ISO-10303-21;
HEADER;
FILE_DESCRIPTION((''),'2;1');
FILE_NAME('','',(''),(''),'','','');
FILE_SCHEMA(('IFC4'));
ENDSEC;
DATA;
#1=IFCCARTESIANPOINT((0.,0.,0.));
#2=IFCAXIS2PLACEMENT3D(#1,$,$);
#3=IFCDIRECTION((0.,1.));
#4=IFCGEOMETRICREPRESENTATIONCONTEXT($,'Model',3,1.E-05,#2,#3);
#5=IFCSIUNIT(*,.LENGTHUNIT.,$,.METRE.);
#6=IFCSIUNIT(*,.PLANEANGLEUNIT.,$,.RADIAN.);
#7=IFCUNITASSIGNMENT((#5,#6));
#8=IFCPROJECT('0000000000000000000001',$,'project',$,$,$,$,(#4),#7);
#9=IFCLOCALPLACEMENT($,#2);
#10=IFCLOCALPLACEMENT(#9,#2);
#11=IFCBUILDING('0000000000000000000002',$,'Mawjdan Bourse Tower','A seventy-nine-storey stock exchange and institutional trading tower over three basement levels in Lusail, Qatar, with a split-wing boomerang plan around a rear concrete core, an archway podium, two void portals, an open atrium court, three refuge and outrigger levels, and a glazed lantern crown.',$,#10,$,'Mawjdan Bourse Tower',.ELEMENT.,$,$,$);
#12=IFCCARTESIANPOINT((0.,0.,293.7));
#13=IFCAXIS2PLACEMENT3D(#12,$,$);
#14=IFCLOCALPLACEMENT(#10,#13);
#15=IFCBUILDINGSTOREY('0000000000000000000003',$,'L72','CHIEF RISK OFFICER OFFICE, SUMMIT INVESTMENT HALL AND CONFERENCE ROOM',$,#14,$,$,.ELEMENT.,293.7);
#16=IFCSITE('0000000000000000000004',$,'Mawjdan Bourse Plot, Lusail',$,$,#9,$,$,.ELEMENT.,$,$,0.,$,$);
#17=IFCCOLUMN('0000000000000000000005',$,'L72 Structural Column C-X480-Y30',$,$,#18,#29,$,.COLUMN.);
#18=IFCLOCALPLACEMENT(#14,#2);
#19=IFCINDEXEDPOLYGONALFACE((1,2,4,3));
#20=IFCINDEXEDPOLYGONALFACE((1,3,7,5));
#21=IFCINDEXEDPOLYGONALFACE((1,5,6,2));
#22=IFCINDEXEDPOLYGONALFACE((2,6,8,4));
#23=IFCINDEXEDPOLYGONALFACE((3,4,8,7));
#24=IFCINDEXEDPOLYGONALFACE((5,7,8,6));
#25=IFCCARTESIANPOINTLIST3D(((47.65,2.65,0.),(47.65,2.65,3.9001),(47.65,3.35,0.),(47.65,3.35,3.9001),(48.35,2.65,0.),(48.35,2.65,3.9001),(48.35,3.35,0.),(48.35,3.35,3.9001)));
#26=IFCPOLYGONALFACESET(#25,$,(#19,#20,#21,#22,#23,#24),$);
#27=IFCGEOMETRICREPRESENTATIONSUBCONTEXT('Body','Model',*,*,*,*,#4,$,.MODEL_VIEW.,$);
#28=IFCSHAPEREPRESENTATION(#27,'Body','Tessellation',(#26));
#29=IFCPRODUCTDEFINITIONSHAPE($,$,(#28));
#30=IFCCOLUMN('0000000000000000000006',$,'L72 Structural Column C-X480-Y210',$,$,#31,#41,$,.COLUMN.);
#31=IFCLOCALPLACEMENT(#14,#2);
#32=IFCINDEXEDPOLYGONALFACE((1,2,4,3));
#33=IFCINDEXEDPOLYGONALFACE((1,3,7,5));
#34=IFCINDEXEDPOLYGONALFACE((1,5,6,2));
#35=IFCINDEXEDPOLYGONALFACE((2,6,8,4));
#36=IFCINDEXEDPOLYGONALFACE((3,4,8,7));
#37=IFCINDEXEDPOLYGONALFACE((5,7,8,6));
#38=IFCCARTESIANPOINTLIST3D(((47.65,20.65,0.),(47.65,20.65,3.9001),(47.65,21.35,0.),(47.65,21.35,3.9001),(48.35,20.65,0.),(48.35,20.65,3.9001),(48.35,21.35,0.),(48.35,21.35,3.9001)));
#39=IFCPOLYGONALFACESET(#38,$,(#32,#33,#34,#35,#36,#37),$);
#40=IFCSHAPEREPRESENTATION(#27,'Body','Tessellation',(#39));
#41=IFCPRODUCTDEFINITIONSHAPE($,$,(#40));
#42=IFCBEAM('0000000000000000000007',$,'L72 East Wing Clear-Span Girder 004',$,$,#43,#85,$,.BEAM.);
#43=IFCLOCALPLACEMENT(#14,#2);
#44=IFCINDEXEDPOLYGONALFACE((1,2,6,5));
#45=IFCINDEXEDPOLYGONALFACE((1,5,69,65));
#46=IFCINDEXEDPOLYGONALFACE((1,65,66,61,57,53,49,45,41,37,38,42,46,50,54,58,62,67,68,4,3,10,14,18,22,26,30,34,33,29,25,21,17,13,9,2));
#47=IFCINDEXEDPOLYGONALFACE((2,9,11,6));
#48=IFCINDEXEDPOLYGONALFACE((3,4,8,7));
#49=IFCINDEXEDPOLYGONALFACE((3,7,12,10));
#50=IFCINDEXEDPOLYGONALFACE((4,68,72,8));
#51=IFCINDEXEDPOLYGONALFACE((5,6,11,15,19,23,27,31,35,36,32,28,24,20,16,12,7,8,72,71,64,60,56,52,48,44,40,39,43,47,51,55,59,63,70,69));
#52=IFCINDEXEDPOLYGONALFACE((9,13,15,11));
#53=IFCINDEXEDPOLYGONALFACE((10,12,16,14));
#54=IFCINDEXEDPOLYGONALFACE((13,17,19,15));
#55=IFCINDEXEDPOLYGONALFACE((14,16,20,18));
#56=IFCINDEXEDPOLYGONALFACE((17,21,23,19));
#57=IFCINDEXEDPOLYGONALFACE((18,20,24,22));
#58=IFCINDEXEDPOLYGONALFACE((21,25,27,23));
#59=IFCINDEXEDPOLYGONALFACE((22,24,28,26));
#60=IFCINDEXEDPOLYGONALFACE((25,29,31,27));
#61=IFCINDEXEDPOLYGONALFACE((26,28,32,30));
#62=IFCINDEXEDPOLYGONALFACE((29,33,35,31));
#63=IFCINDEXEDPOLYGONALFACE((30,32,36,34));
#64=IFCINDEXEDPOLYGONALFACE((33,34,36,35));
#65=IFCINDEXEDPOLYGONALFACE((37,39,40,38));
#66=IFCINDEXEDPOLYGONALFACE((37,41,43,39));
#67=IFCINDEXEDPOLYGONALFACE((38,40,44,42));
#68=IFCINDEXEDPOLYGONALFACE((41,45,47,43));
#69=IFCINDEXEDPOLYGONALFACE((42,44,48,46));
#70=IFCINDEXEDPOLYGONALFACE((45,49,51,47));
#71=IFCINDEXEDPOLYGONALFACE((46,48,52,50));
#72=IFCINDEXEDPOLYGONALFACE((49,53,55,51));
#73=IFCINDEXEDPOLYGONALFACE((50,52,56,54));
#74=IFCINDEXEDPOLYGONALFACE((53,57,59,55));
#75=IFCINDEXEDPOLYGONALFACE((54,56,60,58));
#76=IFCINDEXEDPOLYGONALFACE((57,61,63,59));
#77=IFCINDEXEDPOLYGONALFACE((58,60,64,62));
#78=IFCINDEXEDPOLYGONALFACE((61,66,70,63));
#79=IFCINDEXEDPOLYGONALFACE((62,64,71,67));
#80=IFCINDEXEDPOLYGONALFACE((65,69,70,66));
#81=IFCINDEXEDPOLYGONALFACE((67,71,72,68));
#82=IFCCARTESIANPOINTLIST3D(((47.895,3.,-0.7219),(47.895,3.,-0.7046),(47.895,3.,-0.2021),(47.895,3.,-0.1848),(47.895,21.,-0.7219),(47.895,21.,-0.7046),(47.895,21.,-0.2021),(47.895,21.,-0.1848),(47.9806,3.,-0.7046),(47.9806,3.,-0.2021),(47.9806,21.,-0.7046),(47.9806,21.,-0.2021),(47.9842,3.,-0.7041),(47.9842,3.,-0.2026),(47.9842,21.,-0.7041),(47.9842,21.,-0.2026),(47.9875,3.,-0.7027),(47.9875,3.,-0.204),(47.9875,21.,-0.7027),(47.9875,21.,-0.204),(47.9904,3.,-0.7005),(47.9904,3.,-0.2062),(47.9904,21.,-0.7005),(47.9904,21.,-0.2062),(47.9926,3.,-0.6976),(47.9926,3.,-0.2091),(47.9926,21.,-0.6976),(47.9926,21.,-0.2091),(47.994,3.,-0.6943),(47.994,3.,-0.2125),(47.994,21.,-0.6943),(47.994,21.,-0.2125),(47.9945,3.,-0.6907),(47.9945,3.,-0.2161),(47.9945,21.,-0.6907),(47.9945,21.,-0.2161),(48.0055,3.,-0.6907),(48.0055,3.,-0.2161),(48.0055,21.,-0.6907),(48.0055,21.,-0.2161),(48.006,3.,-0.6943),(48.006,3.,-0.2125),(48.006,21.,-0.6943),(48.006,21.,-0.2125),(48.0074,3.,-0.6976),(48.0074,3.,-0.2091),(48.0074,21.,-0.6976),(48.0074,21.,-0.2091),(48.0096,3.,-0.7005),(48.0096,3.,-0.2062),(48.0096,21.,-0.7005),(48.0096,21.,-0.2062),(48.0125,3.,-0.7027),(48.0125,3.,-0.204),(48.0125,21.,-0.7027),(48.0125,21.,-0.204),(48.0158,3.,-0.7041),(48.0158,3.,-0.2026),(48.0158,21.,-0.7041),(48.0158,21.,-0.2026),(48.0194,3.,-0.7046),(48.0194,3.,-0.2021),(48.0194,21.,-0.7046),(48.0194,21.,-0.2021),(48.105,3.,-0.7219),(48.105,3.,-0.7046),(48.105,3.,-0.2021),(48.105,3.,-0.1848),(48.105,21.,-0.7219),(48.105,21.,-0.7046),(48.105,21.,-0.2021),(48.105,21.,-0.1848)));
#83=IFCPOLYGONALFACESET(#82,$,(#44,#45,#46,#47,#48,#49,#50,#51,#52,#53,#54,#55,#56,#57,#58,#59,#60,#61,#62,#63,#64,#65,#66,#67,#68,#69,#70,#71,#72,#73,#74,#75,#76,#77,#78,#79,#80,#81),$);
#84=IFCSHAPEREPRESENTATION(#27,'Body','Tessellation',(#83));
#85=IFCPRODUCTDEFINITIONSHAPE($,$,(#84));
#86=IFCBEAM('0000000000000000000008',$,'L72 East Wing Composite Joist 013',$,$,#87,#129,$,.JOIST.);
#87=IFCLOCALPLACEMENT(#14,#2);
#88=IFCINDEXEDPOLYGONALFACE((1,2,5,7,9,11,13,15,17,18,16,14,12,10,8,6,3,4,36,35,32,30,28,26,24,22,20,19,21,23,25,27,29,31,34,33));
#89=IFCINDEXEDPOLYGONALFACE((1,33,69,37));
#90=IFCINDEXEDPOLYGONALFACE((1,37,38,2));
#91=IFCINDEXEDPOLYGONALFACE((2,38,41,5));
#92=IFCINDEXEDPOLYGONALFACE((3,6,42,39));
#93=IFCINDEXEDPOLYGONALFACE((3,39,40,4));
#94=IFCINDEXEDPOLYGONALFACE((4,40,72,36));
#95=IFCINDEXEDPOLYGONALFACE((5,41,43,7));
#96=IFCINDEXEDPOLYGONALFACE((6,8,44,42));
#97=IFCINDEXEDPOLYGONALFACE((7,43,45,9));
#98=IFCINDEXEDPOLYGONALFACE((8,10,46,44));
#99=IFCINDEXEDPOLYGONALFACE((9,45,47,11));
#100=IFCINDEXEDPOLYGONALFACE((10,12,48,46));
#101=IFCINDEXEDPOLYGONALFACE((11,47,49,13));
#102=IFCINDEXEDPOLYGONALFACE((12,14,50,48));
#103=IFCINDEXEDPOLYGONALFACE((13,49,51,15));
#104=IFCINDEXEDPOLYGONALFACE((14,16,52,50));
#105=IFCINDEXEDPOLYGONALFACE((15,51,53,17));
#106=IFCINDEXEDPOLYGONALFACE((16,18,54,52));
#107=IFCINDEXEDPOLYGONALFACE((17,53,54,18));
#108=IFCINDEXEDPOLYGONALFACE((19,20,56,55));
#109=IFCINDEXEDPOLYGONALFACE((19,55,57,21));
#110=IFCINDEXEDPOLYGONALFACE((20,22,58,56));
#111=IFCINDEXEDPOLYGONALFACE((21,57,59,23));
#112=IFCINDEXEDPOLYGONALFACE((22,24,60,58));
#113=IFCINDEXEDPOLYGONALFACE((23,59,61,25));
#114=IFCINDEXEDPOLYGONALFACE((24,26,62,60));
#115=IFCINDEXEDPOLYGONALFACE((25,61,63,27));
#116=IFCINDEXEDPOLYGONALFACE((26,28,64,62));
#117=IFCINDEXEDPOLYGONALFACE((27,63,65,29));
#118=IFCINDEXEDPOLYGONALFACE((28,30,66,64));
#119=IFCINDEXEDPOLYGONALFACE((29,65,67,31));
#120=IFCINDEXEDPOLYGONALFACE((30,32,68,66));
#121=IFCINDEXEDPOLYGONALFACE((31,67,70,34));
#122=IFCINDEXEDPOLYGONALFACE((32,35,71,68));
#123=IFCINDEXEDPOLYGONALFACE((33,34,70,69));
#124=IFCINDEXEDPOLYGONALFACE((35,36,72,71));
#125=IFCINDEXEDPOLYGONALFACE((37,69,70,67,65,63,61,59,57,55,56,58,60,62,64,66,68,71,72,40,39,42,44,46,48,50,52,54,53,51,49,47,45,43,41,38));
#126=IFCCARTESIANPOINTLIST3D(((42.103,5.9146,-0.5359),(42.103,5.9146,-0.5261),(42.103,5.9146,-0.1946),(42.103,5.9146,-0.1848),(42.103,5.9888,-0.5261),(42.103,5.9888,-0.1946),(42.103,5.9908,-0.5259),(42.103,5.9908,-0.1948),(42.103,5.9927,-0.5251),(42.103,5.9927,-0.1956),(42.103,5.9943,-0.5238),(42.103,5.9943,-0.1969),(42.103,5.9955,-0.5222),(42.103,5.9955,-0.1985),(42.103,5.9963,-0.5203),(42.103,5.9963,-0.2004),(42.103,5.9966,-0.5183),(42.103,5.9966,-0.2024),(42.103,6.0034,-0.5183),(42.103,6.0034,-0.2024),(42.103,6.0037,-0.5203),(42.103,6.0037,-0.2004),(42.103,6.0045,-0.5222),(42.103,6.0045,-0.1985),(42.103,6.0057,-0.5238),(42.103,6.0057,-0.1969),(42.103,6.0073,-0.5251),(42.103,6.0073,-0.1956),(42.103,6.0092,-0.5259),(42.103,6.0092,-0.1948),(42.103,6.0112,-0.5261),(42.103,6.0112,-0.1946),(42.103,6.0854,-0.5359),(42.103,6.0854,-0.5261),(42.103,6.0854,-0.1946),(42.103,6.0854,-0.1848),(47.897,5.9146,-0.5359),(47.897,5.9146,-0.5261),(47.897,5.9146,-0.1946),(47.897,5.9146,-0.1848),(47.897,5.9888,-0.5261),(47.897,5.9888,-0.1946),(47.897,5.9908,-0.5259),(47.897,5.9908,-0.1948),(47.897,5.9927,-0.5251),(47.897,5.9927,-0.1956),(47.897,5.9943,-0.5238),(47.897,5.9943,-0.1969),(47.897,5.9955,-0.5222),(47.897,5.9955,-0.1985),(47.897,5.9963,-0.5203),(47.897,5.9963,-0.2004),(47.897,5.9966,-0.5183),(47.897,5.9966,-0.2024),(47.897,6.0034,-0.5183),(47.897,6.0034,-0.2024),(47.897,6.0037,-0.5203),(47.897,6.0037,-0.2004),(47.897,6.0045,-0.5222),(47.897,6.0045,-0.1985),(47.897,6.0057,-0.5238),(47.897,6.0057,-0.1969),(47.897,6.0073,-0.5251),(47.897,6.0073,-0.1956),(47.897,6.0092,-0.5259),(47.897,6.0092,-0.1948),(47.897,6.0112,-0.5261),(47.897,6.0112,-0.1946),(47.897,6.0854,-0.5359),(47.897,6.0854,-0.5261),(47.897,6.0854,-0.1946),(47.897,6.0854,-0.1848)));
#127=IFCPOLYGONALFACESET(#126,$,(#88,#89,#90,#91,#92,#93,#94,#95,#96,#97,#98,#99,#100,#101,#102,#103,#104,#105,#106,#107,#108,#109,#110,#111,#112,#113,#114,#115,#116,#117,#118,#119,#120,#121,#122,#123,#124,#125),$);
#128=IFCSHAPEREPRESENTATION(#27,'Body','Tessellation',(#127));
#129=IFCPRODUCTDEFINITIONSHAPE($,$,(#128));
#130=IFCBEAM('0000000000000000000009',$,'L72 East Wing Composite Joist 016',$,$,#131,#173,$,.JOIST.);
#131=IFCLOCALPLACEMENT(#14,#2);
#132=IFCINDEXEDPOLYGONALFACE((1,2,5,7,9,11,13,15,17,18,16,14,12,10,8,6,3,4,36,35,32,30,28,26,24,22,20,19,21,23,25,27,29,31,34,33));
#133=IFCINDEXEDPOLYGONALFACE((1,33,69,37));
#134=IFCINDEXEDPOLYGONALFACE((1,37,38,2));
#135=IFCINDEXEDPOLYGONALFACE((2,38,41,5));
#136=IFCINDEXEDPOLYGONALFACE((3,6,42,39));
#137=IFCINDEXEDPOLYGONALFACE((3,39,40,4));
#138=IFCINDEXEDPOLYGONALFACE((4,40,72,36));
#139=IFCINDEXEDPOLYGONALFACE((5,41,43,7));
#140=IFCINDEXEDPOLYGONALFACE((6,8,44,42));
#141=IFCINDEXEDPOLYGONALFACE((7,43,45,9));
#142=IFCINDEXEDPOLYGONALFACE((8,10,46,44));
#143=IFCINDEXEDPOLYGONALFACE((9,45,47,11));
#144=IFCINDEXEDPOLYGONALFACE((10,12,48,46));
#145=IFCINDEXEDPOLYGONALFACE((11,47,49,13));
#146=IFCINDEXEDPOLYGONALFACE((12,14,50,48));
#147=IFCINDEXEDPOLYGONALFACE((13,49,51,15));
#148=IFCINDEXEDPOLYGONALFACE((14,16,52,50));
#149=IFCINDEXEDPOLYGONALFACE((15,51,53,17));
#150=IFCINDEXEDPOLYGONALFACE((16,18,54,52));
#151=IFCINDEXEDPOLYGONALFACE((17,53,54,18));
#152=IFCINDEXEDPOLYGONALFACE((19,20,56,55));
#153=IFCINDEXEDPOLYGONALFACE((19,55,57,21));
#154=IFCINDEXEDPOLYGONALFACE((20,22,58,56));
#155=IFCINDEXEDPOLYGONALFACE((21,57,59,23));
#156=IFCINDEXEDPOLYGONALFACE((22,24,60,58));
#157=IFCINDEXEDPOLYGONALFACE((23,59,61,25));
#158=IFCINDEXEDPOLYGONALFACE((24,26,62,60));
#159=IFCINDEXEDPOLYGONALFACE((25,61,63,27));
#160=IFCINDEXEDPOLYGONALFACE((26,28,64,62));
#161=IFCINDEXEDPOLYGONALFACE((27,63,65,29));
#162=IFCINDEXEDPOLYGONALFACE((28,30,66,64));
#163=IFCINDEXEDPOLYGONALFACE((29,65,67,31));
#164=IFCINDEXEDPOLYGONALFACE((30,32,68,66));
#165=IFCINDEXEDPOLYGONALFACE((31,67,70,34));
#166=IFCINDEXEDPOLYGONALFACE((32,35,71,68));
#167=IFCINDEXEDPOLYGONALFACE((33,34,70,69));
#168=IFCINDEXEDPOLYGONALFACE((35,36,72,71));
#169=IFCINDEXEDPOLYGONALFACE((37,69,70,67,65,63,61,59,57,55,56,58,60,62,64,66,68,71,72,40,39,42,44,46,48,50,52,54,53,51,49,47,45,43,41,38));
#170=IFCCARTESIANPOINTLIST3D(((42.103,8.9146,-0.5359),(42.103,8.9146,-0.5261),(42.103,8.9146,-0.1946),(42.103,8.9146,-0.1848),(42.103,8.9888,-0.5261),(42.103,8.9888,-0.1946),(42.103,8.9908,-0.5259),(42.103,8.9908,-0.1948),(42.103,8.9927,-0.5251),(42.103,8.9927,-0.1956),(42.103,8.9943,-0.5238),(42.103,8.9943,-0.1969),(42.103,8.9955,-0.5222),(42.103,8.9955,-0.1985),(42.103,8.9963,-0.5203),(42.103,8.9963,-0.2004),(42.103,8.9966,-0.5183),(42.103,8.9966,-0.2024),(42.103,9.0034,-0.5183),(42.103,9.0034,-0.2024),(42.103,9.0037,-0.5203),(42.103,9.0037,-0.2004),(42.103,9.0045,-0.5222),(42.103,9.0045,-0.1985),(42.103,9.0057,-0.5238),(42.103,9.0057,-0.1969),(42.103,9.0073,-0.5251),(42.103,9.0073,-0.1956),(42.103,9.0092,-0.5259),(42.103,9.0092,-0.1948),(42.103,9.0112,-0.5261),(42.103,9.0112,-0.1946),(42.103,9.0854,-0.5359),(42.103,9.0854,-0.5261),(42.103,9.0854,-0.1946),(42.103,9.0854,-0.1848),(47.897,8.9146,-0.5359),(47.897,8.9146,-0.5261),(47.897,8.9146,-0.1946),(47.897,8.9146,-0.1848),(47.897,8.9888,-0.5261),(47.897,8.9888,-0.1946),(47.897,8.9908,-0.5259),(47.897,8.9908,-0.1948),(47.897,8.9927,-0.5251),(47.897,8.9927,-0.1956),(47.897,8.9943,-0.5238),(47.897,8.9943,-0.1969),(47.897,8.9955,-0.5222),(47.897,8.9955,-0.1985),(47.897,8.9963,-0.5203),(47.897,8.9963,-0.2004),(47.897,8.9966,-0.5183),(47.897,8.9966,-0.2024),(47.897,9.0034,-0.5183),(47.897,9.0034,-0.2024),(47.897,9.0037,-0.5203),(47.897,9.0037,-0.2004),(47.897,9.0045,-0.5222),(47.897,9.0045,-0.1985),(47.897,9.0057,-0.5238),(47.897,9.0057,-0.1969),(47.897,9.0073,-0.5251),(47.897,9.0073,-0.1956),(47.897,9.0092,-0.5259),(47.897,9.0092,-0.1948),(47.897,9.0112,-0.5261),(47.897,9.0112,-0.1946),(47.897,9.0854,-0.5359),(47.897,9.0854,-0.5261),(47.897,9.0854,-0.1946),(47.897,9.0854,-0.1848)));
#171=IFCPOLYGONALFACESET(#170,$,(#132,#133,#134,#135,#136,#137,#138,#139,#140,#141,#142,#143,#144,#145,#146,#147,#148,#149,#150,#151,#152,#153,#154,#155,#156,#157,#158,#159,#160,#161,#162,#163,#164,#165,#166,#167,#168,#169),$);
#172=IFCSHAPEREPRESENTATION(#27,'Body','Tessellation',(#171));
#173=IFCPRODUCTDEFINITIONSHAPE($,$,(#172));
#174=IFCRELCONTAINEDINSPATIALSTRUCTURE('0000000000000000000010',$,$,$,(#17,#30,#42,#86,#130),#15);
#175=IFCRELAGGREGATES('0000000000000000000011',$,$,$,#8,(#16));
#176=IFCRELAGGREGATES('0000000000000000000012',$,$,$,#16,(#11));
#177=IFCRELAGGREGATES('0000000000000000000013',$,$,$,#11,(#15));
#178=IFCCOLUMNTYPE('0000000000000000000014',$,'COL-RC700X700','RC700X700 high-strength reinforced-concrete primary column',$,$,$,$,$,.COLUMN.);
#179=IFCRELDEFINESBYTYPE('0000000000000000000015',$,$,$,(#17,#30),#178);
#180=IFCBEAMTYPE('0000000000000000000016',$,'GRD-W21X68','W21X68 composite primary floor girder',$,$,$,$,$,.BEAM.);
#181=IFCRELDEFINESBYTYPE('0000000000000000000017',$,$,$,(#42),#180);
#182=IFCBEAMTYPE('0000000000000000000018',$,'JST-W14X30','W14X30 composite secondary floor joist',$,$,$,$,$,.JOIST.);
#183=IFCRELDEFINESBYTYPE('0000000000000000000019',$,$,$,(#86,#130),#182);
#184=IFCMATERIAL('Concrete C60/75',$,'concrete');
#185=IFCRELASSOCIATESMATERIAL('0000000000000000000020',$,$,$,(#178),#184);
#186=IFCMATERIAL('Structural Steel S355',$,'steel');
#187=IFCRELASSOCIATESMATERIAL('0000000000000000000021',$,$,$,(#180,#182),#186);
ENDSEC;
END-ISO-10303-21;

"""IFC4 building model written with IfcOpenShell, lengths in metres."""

from ifc_helpers import new_model, si_unit, direction, frame, origin, origin_2d, place, context, subcontext, project, spatial, rectangle, i_section, extrude, material, material_profile, profile_set, type_object, element, save


model = new_model("IFC4")

# Units and contexts
model_context = context("Model", 3, precision=1e-05, world=origin(), true_north=direction((0.0, 1.0)))
body_context = subcontext(model_context, "Body", "Model", "MODEL_VIEW")
ifc_project = project(units=[si_unit("LENGTHUNIT", "METRE"), si_unit("PLANEANGLEUNIT", "RADIAN")], contexts=[model_context])

# Site, building, storey
site_placement = place(None, origin())
site = spatial("IfcSite", under=ifc_project, at=site_placement, Name="Mawjdan Bourse Plot, Lusail", CompositionType="ELEMENT", RefElevation=0.0)
building_placement = place(site_placement, origin())
building = spatial("IfcBuilding", under=site, at=building_placement, Name="Mawjdan Bourse Tower", Description="A seventy-nine-storey stock exchange and institutional trading tower over three basement levels in Lusail, Qatar, with a split-wing boomerang plan around a rear concrete core, an archway podium, two void portals, an open atrium court, three refuge and outrigger levels, and a glazed lantern crown.", LongName="Mawjdan Bourse Tower", CompositionType="ELEMENT")
storey_placement = place(building_placement, frame((0.0, 0.0, 293.7)))
storey = spatial("IfcBuildingStorey", under=building, at=storey_placement, Name="L72", Description="CHIEF RISK OFFICER OFFICE, SUMMIT INVESTMENT HALL AND CONFERENCE ROOM", CompositionType="ELEMENT", Elevation=293.7)

# Columns
ifc_material_1 = material(Name="Concrete C60/75", Category="concrete")
ifc_material_profile_1 = material_profile(ifc_material_1, rectangle(XDim=0.7, YDim=0.7, at=origin_2d()), Name="RC700X700")
ifc_profile_set_1 = profile_set([ifc_material_profile_1], Name="Concrete C60/75")
column_type = type_object("IfcColumnType", Name="COL-RC700X700", Description="RC700X700 high-strength reinforced-concrete primary column", PredefinedType="COLUMN", material=ifc_profile_set_1)
for number, where, z_axis, x_axis, name in (
    (1, (48.0, 3.0, 0.0), (0.0, 0.0, 1.0), (1.0, 0.0, 0.0), "L72 Structural Column C-X480-Y30"),
    (2, (48.0, 21.0, 0.0), (0.0, 0.0, 1.0), (1.0, 0.0, 0.0), "L72 Structural Column C-X480-Y210"),
):
    element("IfcColumn", number, at=place(storey_placement, frame(where, z_axis=z_axis, x_axis=x_axis)), inside=storey, type_object=column_type, Name=name, PredefinedType="COLUMN", context=body_context, shape_type="SweptSolid", body=[
        extrude(rectangle(XDim=0.7, YDim=0.7, at=origin_2d()), origin(), (0.0, 0.0, 1.0), 3.9001),
    ])

# Beams
ifc_material_2 = material(Name="Structural Steel S355", Category="steel")
ifc_material_profile_2 = material_profile(ifc_material_2, i_section(OverallWidth=0.21, OverallDepth=0.5371, WebThickness=0.011, FlangeThickness=0.0173, FilletRadius=0.0139, at=origin_2d()), Name="W21X68")
ifc_profile_set_2 = profile_set([ifc_material_profile_2], Name="Structural Steel S355")
beam_type_1 = type_object("IfcBeamType", Name="GRD-W21X68", Description="W21X68 composite primary floor girder", PredefinedType="BEAM", material=ifc_profile_set_2)
beam_placement = place(storey_placement, frame((48.0, 3.0, -0.4534), z_axis=(0.0, 1.0, 0.0), x_axis=(-1.0, 0.0, 0.0)))
element("IfcBeam", 3, at=beam_placement, inside=storey, type_object=beam_type_1, Name="L72 East Wing Clear-Span Girder 004", PredefinedType="BEAM", context=body_context, shape_type="SweptSolid", body=[
    extrude(i_section(OverallWidth=0.21, OverallDepth=0.5371, WebThickness=0.011, FlangeThickness=0.0173, FilletRadius=0.0139, at=origin_2d()), origin(), (0.0, 0.0, 1.0), 18.0),
])
ifc_material_profile_3 = material_profile(ifc_material_2, i_section(OverallWidth=0.1709, OverallDepth=0.3511, WebThickness=0.0068, FlangeThickness=0.0098, FilletRadius=0.0078, at=origin_2d()), Name="W14X30")
ifc_profile_set_3 = profile_set([ifc_material_profile_3], Name="Structural Steel S355")
beam_type_2 = type_object("IfcBeamType", Name="JST-W14X30", Description="W14X30 composite secondary floor joist", PredefinedType="JOIST", material=ifc_profile_set_3)
for number, where, z_axis, x_axis, name in (
    (4, (42.103, 6.0, -0.3604), (1.0, 0.0, 0.0), (0.0, 1.0, 0.0), "L72 East Wing Composite Joist 013"),
    (5, (42.103, 9.0, -0.3604), (1.0, 0.0, 0.0), (0.0, 1.0, 0.0), "L72 East Wing Composite Joist 016"),
):
    element("IfcBeam", number, at=place(storey_placement, frame(where, z_axis=z_axis, x_axis=x_axis)), inside=storey, type_object=beam_type_2, Name=name, PredefinedType="JOIST", context=body_context, shape_type="SweptSolid", body=[
        extrude(i_section(OverallWidth=0.1709, OverallDepth=0.3511, WebThickness=0.0068, FlangeThickness=0.0098, FilletRadius=0.0078, at=origin_2d()), origin(), (0.0, 0.0, 1.0), 5.7939),
    ])

save(model, "model.ifc")
